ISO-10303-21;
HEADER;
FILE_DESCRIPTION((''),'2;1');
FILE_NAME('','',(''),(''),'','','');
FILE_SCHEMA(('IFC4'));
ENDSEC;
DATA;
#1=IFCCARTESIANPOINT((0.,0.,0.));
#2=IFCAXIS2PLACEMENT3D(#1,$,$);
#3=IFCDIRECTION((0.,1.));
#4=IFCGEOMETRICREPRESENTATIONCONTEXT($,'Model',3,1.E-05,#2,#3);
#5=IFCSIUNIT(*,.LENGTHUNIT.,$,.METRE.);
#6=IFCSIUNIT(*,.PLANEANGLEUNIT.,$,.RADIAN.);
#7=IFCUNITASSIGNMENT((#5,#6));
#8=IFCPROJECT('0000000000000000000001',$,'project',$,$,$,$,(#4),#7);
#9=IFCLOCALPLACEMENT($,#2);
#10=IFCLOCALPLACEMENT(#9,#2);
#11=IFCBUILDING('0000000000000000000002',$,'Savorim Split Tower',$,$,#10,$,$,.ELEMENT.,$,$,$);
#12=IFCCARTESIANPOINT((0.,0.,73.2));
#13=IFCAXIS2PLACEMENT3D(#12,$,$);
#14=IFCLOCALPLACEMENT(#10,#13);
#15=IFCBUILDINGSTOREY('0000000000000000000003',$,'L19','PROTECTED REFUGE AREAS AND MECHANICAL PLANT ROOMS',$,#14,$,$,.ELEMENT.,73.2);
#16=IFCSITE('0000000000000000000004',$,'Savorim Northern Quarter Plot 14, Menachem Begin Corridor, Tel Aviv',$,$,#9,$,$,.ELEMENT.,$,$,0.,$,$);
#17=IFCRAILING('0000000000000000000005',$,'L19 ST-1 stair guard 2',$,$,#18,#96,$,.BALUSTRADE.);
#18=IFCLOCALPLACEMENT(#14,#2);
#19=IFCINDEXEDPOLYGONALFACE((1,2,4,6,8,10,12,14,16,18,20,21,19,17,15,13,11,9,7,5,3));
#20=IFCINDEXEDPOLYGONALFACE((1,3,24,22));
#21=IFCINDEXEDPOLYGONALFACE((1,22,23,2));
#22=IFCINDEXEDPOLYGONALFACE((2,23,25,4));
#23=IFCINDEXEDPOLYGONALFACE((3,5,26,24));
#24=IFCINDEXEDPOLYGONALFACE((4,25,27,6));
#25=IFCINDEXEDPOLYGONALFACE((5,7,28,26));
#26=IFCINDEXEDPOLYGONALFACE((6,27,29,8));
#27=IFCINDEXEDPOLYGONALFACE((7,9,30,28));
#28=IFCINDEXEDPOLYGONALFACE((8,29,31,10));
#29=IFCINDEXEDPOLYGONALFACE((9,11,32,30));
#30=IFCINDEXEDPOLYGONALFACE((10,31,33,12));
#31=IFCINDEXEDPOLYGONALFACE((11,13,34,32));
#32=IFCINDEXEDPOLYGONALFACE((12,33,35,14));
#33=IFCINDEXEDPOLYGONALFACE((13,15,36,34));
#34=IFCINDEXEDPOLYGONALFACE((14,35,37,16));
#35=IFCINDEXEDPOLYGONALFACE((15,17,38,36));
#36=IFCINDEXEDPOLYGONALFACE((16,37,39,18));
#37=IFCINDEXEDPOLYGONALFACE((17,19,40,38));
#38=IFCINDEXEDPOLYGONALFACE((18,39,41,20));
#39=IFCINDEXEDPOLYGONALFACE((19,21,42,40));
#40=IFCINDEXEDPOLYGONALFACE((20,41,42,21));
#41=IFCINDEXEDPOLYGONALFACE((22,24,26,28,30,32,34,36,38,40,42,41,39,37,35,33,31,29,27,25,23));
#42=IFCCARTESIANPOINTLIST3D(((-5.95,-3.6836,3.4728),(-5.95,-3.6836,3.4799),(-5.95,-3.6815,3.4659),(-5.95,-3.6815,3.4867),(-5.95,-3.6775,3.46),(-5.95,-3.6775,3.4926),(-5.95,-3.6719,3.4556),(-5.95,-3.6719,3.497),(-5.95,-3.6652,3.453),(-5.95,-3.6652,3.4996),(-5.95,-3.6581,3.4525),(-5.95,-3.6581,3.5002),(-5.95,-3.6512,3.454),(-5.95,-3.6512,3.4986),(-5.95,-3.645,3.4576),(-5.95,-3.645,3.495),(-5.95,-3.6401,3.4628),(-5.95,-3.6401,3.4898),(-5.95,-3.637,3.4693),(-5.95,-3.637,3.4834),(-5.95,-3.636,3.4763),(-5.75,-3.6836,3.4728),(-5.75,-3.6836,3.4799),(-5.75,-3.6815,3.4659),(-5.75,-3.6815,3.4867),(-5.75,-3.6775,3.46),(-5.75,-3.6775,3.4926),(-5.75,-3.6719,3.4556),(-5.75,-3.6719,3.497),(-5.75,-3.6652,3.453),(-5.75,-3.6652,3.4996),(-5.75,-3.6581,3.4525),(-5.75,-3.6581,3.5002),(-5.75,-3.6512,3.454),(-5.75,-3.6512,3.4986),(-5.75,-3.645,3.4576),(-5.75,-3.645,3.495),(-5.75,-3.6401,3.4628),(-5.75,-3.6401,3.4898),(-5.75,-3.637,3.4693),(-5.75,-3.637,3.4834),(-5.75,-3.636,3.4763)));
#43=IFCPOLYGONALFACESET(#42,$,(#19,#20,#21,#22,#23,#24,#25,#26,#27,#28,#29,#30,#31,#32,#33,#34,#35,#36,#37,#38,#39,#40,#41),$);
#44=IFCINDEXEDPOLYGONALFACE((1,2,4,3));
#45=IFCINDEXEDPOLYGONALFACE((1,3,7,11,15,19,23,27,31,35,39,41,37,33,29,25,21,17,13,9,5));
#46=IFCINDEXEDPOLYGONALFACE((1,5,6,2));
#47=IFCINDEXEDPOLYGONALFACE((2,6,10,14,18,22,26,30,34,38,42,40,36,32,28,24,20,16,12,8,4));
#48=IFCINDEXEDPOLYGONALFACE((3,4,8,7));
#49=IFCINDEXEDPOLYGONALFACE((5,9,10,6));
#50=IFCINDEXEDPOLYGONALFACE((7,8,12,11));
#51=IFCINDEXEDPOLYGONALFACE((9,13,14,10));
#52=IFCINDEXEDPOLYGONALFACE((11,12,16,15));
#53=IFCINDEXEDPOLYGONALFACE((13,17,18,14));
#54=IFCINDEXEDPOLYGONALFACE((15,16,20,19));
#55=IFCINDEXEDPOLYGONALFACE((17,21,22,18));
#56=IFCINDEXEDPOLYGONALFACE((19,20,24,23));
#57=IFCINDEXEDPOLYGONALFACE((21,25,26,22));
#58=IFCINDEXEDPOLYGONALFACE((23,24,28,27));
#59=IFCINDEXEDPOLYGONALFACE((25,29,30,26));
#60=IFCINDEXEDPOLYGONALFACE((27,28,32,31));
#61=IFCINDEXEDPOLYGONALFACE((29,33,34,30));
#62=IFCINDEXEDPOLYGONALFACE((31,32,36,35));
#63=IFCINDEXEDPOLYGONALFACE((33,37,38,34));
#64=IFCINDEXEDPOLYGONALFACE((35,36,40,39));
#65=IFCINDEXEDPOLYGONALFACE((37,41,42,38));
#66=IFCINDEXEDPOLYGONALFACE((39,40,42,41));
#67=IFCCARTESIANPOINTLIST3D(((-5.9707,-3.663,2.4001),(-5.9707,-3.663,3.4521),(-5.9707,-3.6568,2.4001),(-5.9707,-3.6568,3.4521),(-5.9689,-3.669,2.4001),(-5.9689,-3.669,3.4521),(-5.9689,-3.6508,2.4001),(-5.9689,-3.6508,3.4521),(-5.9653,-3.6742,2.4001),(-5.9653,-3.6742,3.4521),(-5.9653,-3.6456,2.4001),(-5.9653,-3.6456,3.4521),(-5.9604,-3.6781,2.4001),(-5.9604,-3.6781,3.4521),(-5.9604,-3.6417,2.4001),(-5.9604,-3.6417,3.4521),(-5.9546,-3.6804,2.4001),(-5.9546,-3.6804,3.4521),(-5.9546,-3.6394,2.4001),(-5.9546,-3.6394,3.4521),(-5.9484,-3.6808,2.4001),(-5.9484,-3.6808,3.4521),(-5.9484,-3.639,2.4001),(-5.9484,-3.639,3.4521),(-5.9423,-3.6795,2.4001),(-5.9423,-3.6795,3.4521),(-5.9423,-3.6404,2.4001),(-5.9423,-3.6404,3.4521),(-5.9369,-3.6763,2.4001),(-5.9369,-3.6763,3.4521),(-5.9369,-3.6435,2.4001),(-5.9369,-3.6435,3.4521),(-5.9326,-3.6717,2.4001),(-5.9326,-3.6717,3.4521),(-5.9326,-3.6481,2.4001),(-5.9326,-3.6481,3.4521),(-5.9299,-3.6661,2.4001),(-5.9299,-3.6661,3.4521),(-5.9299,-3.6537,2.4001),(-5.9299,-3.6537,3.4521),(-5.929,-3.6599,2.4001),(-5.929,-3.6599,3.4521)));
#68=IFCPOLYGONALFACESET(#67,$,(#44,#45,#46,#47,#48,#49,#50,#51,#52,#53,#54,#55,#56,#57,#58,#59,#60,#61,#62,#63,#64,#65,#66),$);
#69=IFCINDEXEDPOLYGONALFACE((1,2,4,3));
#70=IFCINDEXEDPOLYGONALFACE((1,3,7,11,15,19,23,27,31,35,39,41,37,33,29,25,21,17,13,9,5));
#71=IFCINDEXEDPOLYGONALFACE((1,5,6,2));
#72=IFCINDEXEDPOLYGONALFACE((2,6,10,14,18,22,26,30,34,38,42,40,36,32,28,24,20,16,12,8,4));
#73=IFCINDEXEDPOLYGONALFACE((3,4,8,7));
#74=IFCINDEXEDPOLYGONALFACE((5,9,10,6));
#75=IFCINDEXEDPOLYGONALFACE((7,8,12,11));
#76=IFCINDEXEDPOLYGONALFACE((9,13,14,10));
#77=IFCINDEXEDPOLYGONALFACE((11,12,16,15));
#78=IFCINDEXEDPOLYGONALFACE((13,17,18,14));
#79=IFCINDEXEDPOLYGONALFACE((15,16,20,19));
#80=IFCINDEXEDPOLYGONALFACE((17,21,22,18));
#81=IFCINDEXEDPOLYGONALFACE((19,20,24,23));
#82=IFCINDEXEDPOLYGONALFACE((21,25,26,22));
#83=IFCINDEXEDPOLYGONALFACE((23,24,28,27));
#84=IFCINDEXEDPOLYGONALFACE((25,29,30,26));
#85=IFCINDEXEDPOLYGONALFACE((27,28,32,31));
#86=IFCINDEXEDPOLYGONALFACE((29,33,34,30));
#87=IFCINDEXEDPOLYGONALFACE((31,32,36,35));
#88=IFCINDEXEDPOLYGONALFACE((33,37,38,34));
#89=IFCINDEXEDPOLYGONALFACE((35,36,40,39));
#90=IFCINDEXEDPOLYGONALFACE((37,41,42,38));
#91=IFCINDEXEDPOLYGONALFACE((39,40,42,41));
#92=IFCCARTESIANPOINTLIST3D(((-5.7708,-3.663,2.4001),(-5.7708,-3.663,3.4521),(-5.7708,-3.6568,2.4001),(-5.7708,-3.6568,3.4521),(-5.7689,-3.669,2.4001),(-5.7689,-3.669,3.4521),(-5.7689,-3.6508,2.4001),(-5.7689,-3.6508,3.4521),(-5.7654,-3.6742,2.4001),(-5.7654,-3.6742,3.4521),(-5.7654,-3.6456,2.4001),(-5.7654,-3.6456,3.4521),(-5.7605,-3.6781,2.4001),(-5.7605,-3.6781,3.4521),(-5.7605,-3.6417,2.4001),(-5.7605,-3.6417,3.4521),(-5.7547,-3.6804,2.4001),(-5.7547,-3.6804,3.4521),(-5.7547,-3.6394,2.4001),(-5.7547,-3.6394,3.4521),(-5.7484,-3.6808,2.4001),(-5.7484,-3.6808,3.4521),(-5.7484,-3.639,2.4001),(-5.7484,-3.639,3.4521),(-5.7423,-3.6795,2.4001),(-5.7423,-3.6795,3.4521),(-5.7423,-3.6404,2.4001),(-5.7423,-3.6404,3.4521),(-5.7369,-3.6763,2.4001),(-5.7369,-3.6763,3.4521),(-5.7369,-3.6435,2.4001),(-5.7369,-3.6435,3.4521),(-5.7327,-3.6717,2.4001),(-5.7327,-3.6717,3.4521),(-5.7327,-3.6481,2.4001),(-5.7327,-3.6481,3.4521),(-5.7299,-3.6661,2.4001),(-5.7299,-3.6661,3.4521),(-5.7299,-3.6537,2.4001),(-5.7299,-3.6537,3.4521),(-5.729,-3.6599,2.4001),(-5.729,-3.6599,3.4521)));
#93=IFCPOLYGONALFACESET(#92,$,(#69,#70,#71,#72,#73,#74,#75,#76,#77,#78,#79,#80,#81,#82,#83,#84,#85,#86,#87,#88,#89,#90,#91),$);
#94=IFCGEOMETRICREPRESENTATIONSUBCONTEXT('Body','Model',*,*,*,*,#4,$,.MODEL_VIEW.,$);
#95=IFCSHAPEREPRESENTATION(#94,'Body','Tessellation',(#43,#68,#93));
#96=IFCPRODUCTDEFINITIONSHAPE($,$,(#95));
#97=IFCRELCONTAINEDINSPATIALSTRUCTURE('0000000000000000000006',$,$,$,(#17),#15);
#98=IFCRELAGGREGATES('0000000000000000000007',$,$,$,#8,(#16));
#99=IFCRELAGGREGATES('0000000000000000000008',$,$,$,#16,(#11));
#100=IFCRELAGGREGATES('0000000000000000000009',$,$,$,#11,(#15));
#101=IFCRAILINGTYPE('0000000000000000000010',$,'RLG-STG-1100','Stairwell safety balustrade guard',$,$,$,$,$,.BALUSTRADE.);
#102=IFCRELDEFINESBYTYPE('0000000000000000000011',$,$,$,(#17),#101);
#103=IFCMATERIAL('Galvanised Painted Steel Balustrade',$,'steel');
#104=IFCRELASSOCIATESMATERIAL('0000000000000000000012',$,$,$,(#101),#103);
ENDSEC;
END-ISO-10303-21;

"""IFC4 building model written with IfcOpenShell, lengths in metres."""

from ifc_helpers import new_model, si_unit, direction, frame, origin, origin_2d, place, context, subcontext, project, spatial, circle, extrude, material, type_object, element, save


model = new_model("IFC4")

# Units and contexts
model_context = context("Model", 3, precision=1e-05, world=origin(), true_north=direction((0.0, 1.0)))
body_context = subcontext(model_context, "Body", "Model", "MODEL_VIEW")
ifc_project = project(units=[si_unit("LENGTHUNIT", "METRE"), si_unit("PLANEANGLEUNIT", "RADIAN")], contexts=[model_context])

# Site, building, storey
site_placement = place(None, origin())
site = spatial("IfcSite", under=ifc_project, at=site_placement, Name="Savorim Northern Quarter Plot 14, Menachem Begin Corridor, Tel Aviv", CompositionType="ELEMENT", RefElevation=0.0)
building_placement = place(site_placement, origin())
building = spatial("IfcBuilding", under=site, at=building_placement, Name="Savorim Split Tower", CompositionType="ELEMENT")
storey_placement = place(building_placement, frame((0.0, 0.0, 73.2)))
storey = spatial("IfcBuildingStorey", under=building, at=storey_placement, Name="L19", Description="PROTECTED REFUGE AREAS AND MECHANICAL PLANT ROOMS", CompositionType="ELEMENT", Elevation=73.2)

# Railing
ifc_material_1 = material(Name="Galvanised Painted Steel Balustrade", Category="steel")
railing_type_1 = type_object("IfcRailingType", Name="RLG-STG-1100", Description="Stairwell safety balustrade guard", PredefinedType="BALUSTRADE", material=ifc_material_1)
railing_1_placement = place(storey_placement, frame((-5.95, -3.6599, 2.4001)))
element("IfcRailing", 1, at=railing_1_placement, inside=storey, type_object=railing_type_1, Name="L19 ST-1 stair guard 2", PredefinedType="BALUSTRADE", context=body_context, shape_type="SweptSolid", body=[
    extrude(circle(Radius=0.0239, at=origin_2d()), frame((0.0, 0.0, 1.0762), z_axis=(1.0, 0.0, 0.0), x_axis=(0.0, 1.0, 0.0)), (0.0, 0.0, 1.0), 0.2),
    extrude(circle(Radius=0.021, at=origin_2d()), origin(), (0.0, 0.0, 1.0), 1.052),
    extrude(circle(Radius=0.021, at=origin_2d()), frame((0.2, 0.0, 0.0)), (0.0, 0.0, 1.0), 1.052),
])

save(model, "model.ifc")
